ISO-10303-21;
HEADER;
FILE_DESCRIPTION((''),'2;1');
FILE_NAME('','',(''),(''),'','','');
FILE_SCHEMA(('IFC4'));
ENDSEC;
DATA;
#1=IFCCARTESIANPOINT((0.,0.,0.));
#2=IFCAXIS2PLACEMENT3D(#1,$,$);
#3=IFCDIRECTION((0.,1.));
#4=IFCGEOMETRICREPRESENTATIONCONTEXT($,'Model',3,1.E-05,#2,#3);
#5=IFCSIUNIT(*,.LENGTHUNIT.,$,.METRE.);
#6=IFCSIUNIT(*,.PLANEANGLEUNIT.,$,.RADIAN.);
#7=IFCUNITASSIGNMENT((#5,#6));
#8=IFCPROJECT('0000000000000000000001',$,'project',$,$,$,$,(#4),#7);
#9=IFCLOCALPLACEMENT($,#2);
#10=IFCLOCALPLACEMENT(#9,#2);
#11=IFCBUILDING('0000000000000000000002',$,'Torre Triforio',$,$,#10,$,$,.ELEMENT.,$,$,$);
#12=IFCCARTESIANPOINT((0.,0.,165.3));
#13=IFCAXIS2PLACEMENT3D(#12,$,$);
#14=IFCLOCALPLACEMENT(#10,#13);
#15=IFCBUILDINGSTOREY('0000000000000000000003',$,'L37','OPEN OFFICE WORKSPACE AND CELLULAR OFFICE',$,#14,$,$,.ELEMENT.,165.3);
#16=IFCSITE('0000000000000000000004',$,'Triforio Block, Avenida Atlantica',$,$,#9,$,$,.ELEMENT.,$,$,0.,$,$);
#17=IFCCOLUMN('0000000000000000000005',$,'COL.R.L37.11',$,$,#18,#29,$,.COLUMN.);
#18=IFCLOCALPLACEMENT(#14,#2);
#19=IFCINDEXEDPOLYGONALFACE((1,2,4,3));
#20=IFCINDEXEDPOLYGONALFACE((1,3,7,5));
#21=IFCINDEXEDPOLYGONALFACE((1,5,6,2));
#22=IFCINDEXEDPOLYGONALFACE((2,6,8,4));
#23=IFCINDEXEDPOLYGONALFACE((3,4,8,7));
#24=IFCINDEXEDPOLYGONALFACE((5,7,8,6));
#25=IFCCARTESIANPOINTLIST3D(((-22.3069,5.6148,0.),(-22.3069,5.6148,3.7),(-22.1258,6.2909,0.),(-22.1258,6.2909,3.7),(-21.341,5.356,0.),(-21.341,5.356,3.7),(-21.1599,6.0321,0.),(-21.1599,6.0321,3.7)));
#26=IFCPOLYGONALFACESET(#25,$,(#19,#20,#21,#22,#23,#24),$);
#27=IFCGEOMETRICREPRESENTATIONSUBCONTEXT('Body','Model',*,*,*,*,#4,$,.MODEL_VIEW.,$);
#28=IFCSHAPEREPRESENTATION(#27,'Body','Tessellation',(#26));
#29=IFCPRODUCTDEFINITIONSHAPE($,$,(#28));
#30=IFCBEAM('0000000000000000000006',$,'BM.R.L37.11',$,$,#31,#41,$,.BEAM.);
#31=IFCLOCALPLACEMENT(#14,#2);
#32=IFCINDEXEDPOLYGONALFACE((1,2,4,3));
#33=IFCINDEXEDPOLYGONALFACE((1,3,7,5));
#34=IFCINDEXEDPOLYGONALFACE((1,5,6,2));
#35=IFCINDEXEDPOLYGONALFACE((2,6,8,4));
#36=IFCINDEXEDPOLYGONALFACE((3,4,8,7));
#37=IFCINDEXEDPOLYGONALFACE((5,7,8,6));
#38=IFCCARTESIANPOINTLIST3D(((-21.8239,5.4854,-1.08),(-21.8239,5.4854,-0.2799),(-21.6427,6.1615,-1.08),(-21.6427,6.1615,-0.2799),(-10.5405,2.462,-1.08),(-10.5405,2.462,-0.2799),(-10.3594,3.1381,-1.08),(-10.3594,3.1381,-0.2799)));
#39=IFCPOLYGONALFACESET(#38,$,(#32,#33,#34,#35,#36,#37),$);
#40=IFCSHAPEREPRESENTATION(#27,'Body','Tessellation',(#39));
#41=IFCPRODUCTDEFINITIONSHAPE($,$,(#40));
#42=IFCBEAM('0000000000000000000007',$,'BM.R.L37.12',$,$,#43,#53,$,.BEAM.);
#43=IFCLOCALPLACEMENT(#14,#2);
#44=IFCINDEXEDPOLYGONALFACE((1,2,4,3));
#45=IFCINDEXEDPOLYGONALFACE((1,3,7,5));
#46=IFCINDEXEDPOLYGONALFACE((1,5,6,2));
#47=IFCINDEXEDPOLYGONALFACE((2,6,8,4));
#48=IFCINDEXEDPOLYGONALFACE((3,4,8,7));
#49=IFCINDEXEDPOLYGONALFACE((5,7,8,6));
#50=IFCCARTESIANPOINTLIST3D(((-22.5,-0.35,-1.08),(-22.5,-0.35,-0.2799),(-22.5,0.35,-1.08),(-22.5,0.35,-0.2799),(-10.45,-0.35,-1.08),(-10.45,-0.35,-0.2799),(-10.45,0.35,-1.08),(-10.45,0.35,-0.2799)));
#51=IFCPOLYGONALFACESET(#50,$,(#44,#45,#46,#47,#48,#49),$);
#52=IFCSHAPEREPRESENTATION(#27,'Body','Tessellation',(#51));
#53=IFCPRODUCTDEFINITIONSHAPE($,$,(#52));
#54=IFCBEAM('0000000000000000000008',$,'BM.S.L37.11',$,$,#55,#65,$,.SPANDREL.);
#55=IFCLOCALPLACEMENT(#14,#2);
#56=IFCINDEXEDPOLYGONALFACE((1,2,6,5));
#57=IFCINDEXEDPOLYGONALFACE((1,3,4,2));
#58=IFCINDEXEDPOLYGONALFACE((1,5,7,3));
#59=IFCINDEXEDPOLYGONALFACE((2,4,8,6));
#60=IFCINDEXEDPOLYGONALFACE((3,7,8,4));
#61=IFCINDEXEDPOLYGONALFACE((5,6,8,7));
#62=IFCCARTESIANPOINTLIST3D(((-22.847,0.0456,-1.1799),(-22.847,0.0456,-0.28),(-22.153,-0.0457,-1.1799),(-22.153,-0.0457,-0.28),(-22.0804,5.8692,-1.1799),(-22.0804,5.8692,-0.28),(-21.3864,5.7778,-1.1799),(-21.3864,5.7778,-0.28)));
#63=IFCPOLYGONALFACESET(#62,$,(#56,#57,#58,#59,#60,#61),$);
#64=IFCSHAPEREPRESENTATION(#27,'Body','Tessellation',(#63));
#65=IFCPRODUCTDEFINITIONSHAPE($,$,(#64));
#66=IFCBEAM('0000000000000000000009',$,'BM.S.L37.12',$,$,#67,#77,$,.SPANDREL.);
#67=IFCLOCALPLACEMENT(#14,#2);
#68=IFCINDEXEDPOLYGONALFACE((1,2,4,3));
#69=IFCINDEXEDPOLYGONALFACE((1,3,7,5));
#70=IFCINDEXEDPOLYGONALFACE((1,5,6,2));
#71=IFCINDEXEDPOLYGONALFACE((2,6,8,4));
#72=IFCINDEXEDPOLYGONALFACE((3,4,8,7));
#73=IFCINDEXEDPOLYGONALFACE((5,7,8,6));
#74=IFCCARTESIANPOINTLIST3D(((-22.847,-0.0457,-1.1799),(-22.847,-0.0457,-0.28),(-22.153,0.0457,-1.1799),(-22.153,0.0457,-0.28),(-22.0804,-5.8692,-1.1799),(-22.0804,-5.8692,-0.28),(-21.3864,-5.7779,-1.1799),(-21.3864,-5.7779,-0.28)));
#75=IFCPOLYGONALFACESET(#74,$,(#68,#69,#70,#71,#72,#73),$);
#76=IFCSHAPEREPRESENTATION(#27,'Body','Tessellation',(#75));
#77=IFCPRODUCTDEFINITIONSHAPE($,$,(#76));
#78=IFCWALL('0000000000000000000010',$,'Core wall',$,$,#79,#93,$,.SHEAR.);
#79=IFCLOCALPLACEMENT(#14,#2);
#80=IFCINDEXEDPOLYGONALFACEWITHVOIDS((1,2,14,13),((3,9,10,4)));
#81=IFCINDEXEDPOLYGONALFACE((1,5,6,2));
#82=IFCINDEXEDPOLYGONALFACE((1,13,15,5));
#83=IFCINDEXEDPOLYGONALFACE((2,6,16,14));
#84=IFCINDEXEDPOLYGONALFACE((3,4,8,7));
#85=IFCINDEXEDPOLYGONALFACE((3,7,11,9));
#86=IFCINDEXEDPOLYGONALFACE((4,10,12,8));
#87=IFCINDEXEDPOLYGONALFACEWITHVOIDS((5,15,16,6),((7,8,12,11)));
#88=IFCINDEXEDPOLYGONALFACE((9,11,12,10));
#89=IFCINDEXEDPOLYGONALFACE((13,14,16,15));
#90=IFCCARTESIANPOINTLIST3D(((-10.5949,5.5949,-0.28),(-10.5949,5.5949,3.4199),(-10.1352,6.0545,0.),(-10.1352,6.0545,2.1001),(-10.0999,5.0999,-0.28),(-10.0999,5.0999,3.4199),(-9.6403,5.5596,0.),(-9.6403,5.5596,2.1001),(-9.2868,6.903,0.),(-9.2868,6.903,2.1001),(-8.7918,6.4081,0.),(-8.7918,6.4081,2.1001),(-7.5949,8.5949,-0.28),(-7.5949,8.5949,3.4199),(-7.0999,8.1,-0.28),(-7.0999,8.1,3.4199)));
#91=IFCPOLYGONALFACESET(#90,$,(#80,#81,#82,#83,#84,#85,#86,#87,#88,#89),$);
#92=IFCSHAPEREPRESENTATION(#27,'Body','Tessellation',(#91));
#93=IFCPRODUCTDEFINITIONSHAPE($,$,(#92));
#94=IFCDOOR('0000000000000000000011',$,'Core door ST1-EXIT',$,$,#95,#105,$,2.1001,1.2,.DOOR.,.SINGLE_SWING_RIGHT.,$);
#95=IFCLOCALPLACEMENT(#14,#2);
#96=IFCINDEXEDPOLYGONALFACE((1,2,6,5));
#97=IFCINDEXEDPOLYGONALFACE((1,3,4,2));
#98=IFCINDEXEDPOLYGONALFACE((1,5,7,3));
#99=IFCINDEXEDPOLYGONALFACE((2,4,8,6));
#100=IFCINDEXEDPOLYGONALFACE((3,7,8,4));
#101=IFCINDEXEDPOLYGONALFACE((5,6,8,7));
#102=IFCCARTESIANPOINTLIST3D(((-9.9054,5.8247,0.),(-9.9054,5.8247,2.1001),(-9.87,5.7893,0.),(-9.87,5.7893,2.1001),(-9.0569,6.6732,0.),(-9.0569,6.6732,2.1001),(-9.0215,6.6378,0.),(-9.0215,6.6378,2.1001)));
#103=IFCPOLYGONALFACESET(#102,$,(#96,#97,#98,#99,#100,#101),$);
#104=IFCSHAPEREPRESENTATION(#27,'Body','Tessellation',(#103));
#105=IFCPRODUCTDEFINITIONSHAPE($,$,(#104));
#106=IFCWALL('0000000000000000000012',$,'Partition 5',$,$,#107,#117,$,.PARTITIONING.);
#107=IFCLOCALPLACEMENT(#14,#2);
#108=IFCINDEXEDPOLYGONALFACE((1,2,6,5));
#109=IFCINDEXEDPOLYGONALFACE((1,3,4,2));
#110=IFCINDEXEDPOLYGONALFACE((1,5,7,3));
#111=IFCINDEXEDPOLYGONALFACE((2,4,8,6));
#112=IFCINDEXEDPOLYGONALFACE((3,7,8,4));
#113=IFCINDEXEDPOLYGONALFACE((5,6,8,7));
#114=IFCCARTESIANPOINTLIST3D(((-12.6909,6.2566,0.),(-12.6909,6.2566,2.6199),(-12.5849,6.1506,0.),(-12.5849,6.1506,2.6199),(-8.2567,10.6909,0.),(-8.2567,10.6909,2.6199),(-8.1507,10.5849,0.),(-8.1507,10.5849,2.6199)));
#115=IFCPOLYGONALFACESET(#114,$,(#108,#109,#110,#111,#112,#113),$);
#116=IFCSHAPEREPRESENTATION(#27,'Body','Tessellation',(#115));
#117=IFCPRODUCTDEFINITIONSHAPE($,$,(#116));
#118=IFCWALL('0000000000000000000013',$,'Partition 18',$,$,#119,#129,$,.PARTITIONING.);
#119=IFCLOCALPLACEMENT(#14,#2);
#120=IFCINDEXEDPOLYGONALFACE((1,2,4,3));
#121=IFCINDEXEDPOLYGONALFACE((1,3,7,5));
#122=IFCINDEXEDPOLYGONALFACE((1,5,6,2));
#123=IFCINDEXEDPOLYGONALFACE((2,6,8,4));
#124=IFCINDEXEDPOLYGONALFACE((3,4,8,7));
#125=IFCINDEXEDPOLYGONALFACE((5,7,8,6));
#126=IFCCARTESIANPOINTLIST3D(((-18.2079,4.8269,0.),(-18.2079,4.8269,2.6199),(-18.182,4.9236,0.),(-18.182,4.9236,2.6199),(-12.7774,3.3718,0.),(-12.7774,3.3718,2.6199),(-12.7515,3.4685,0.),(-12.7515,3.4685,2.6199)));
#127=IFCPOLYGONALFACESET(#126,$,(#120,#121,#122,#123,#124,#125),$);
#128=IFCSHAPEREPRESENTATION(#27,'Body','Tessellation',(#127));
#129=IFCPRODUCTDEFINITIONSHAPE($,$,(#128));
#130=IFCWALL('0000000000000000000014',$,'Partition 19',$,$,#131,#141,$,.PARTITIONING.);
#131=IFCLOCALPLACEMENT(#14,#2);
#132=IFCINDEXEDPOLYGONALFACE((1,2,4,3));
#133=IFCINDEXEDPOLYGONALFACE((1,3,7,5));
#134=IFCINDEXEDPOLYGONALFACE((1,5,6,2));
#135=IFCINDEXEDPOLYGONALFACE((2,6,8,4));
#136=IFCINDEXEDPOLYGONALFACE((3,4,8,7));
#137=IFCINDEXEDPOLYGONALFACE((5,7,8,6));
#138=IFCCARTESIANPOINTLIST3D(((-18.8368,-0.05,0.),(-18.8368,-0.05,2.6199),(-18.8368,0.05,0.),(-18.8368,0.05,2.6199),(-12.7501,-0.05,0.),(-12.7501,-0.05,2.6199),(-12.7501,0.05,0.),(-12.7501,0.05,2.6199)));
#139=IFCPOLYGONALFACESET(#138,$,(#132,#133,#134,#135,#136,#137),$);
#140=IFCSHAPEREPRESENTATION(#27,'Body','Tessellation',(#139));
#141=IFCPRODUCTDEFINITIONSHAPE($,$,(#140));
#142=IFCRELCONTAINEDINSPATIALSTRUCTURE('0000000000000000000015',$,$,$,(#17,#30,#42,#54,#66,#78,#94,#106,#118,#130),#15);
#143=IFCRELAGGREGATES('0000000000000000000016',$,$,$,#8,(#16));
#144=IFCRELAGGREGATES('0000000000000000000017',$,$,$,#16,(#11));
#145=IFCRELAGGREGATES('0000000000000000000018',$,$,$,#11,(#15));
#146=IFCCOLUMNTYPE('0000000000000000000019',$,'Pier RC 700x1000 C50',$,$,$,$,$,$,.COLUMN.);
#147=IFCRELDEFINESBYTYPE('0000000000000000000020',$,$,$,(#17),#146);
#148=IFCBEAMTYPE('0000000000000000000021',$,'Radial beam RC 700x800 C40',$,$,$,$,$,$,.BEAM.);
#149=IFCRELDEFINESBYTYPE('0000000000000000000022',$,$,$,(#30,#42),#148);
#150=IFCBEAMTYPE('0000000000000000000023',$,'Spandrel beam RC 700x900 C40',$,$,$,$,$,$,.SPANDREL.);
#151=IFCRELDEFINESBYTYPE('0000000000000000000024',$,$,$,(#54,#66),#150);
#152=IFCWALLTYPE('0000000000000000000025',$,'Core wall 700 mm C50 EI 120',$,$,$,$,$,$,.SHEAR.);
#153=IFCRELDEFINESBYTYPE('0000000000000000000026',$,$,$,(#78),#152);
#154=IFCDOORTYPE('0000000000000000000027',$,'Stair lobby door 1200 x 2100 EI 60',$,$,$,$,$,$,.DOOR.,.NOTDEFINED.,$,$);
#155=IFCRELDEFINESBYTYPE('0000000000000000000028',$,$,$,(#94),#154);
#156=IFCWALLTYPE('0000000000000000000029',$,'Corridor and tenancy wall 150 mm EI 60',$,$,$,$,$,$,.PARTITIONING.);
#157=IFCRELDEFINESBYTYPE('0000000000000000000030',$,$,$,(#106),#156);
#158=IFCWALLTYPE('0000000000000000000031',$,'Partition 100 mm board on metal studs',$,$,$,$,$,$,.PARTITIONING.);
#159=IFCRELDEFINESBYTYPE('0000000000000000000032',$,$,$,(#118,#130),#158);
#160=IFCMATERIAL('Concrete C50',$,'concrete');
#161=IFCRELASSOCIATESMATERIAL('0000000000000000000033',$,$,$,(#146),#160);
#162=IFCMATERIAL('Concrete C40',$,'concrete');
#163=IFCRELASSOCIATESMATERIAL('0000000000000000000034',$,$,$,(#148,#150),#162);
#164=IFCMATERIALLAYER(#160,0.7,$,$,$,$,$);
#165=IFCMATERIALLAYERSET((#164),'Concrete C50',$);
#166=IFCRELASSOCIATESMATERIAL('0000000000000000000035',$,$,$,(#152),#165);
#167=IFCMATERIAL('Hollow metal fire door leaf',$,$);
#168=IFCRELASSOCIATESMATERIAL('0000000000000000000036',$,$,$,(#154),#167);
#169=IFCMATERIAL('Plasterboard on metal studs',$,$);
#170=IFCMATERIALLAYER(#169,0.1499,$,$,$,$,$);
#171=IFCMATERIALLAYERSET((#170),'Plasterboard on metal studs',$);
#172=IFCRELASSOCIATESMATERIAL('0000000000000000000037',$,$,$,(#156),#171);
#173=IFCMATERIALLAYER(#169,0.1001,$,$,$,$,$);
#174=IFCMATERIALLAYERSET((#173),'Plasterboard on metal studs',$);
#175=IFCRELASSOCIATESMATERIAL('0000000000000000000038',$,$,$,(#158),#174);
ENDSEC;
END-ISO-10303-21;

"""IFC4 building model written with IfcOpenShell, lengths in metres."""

from ifc_helpers import new_model, si_unit, direction, frame, frame_2d, origin, origin_2d, place, context, subcontext, project, spatial, rectangle, extrude, material, layer, layer_set, material_profile, profile_set, type_object, element, fill, save


model = new_model("IFC4")

# Units and contexts
model_context = context("Model", 3, precision=1e-05, world=origin(), true_north=direction((0.0, 1.0)))
body_context = subcontext(model_context, "Body", "Model", "MODEL_VIEW")
ifc_project = project(units=[si_unit("LENGTHUNIT", "METRE"), si_unit("PLANEANGLEUNIT", "RADIAN")], contexts=[model_context])

# Site, building, storey
site_placement = place(None, origin())
site = spatial("IfcSite", under=ifc_project, at=site_placement, Name="Triforio Block, Avenida Atlantica", CompositionType="ELEMENT", RefElevation=0.0)
building_placement = place(site_placement, origin())
building = spatial("IfcBuilding", under=site, at=building_placement, Name="Torre Triforio", CompositionType="ELEMENT")
storey_placement = place(building_placement, frame((0.0, 0.0, 165.3)))
storey = spatial("IfcBuildingStorey", under=building, at=storey_placement, Name="L37", Description="OPEN OFFICE WORKSPACE AND CELLULAR OFFICE", CompositionType="ELEMENT", Elevation=165.3)

# Column
ifc_material_1 = material(Name="Concrete C50", Category="concrete")
ifc_material_profile_1 = material_profile(ifc_material_1, rectangle(XDim=0.7, YDim=1.0, at=origin_2d()), Name="RC 700x1000")
ifc_profile_set_1 = profile_set([ifc_material_profile_1], Name="Concrete C50")
column_type = type_object("IfcColumnType", Name="Pier RC 700x1000 C50", PredefinedType="COLUMN", material=ifc_profile_set_1)
column_placement = place(storey_placement, frame((-21.7334, 5.8235, 0.0), z_axis=(0.0, 0.0, 1.0), x_axis=(-0.258819, -0.965926, 0.0)))
element("IfcColumn", 1, at=column_placement, inside=storey, type_object=column_type, Name="COL.R.L37.11", PredefinedType="COLUMN", context=body_context, shape_type="SweptSolid", body=[
    extrude(rectangle(XDim=0.7, YDim=1.0, at=origin_2d()), origin(), (0.0, 0.0, 1.0), 3.7),
])

# Beams
ifc_material_2 = material(Name="Concrete C40", Category="concrete")
ifc_material_profile_2 = material_profile(ifc_material_2, rectangle(XDim=0.7, YDim=0.8, at=origin_2d()), Name="RC 700x800")
ifc_profile_set_2 = profile_set([ifc_material_profile_2], Name="Concrete C40")
beam_type_1 = type_object("IfcBeamType", Name="Radial beam RC 700x800 C40", PredefinedType="BEAM", material=ifc_profile_set_2)
beam_1_placement = place(storey_placement, frame((-10.45, 2.8, -0.6799), z_axis=(-0.965925, 0.258823, 0.0), x_axis=(-0.258823, -0.965925, 0.0)))
element("IfcBeam", 2, at=beam_1_placement, inside=storey, type_object=beam_type_1, Name="BM.R.L37.11", PredefinedType="BEAM", context=body_context, shape_type="SweptSolid", body=[
    extrude(rectangle(XDim=0.7, YDim=0.8, at=origin_2d()), origin(), (0.0, 0.0, 1.0), 11.6814),
])
beam_2_placement = place(storey_placement, frame((-10.45, 0.0, -0.6799), z_axis=(-1.0, 0.0, 0.0), x_axis=(0.0, -1.0, 0.0)))
element("IfcBeam", 3, at=beam_2_placement, inside=storey, type_object=beam_type_1, Name="BM.R.L37.12", PredefinedType="BEAM", context=body_context, shape_type="SweptSolid", body=[
    extrude(rectangle(XDim=0.7, YDim=0.8, at=origin_2d()), origin(), (0.0, 0.0, 1.0), 12.05),
])
ifc_material_profile_3 = material_profile(ifc_material_2, rectangle(XDim=0.7, YDim=0.8999, at=origin_2d()), Name="RC 700x900")
ifc_profile_set_3 = profile_set([ifc_material_profile_3], Name="Concrete C40")
beam_type_2 = type_object("IfcBeamType", Name="Spandrel beam RC 700x900 C40", PredefinedType="SPANDREL", material=ifc_profile_set_3)
for number, where, z_axis, x_axis, name in (
    (4, (-21.7334, 5.8235, -0.73), (-0.130514, -0.991447, 0.0), (0.991447, -0.130514, 0.0), "BM.S.L37.11"),
    (5, (-22.5, 0.0, -0.73), (0.130514, -0.991447, 0.0), (0.991447, 0.130514, 0.0), "BM.S.L37.12"),
):
    element("IfcBeam", number, at=place(storey_placement, frame(where, z_axis=z_axis, x_axis=x_axis)), inside=storey, type_object=beam_type_2, Name=name, PredefinedType="SPANDREL", context=body_context, shape_type="SweptSolid", body=[
        extrude(rectangle(XDim=0.7, YDim=0.8999, at=origin_2d()), origin(), (0.0, 0.0, 1.0), 5.8738),
    ])

# Wall, opening, door
ifc_layer_1 = layer(ifc_material_1, 0.7)
ifc_layer_set_1 = layer_set([ifc_layer_1], Name="Concrete C50")
wall_type_1 = type_object("IfcWallType", Name="Core wall 700 mm C50 EI 120", PredefinedType="SHEAR", material=ifc_layer_set_1)
wall_1_placement = place(storey_placement, frame((-10.3474, 5.3474, -0.28), z_axis=(0.0, 0.0, 1.0), x_axis=(0.707107, 0.707107, 0.0)))
wall_1 = element("IfcWall", 6, at=wall_1_placement, inside=storey, type_object=wall_type_1, Name="Core wall", PredefinedType="SHEAR", context=body_context, shape_type="SweptSolid", body=[
    extrude(rectangle(XDim=4.2427, YDim=0.7, at=frame_2d((2.1213, 0.0))), origin(), (0.0, 0.0, 1.0), 3.7),
])
opening_1_placement = place(wall_1_placement, frame((0.6499, 0.0, 0.28)))
opening_1 = element("IfcOpeningElement", 7, at=opening_1_placement, cuts=wall_1, PredefinedType="OPENING", context=body_context, shape_type="SweptSolid", body=[
    extrude(rectangle(XDim=1.2, YDim=2.1001, at=frame_2d((0.6001, 1.05))), frame((0.0, 0.3599, 0.0), z_axis=(0.0, -1.0, 0.0), x_axis=(1.0, 0.0, 0.0)), (0.0, 0.0, 1.0), 0.72),
])
ifc_material_3 = material(Name="Hollow metal fire door leaf")
door_type_1 = type_object("IfcDoorType", Name="Stair lobby door 1200 x 2100 EI 60", OperationType="NOTDEFINED", PredefinedType="DOOR", material=ifc_material_3)
door_1_placement = place(opening_1_placement, origin())
door_1 = element("IfcDoor", 8, at=door_1_placement, inside=storey, type_object=door_type_1, Name="Core door ST1-EXIT", OperationType="SINGLE_SWING_RIGHT", OverallHeight=2.1001, OverallWidth=1.2, PredefinedType="DOOR", context=body_context, shape_type="SweptSolid", body=[
    extrude(rectangle(XDim=1.2, YDim=2.1001, at=frame_2d((0.6001, 1.05))), frame((0.0, 0.0249, 0.0), z_axis=(0.0, -1.0, 0.0), x_axis=(1.0, 0.0, 0.0)), (0.0, 0.0, 1.0), 0.05),
])
fill(opening_1, door_1)

# Walls
ifc_material_4 = material(Name="Plasterboard on metal studs")
ifc_layer_2 = layer(ifc_material_4, 0.1499)
ifc_layer_set_2 = layer_set([ifc_layer_2], Name="Plasterboard on metal studs")
wall_type_2 = type_object("IfcWallType", Name="Corridor and tenancy wall 150 mm EI 60", PredefinedType="PARTITIONING", material=ifc_layer_set_2)
wall_2_placement = place(storey_placement, frame((-12.6379, 6.2036, 0.0), z_axis=(0.0, 0.0, 1.0), x_axis=(0.707107, 0.707107, 0.0)))
element("IfcWall", 9, at=wall_2_placement, inside=storey, type_object=wall_type_2, Name="Partition 5", PredefinedType="PARTITIONING", context=body_context, shape_type="SweptSolid", body=[
    extrude(rectangle(XDim=6.271, YDim=0.1499, at=frame_2d((3.1355, 0.0))), origin(), (0.0, 0.0, 1.0), 2.6199),
])
ifc_layer_3 = layer(ifc_material_4, 0.1001)
ifc_layer_set_3 = layer_set([ifc_layer_3], Name="Plasterboard on metal studs")
wall_type_3 = type_object("IfcWallType", Name="Partition 100 mm board on metal studs", PredefinedType="PARTITIONING", material=ifc_layer_set_3)
wall_3_placement = place(storey_placement, frame((-12.7644, 3.4202, 0.0), z_axis=(0.0, 0.0, 1.0), x_axis=(-0.965926, 0.258819, 0.0)))
element("IfcWall", 10, at=wall_3_placement, inside=storey, type_object=wall_type_3, Name="Partition 18", PredefinedType="PARTITIONING", context=body_context, shape_type="SweptSolid", body=[
    extrude(rectangle(XDim=5.6221, YDim=0.1001, at=frame_2d((2.811, 0.0))), origin(), (0.0, 0.0, 1.0), 2.6199),
])
wall_4_placement = place(storey_placement, frame((-12.75, 0.0, 0.0), z_axis=(0.0, 0.0, 1.0), x_axis=(-1.0, 0.0, 0.0)))
element("IfcWall", 11, at=wall_4_placement, inside=storey, type_object=wall_type_3, Name="Partition 19", PredefinedType="PARTITIONING", context=body_context, shape_type="SweptSolid", body=[
    extrude(rectangle(XDim=6.0867, YDim=0.1001, at=frame_2d((3.0435, 0.0))), origin(), (0.0, 0.0, 1.0), 2.6199),
])

save(model, "model.ifc")
